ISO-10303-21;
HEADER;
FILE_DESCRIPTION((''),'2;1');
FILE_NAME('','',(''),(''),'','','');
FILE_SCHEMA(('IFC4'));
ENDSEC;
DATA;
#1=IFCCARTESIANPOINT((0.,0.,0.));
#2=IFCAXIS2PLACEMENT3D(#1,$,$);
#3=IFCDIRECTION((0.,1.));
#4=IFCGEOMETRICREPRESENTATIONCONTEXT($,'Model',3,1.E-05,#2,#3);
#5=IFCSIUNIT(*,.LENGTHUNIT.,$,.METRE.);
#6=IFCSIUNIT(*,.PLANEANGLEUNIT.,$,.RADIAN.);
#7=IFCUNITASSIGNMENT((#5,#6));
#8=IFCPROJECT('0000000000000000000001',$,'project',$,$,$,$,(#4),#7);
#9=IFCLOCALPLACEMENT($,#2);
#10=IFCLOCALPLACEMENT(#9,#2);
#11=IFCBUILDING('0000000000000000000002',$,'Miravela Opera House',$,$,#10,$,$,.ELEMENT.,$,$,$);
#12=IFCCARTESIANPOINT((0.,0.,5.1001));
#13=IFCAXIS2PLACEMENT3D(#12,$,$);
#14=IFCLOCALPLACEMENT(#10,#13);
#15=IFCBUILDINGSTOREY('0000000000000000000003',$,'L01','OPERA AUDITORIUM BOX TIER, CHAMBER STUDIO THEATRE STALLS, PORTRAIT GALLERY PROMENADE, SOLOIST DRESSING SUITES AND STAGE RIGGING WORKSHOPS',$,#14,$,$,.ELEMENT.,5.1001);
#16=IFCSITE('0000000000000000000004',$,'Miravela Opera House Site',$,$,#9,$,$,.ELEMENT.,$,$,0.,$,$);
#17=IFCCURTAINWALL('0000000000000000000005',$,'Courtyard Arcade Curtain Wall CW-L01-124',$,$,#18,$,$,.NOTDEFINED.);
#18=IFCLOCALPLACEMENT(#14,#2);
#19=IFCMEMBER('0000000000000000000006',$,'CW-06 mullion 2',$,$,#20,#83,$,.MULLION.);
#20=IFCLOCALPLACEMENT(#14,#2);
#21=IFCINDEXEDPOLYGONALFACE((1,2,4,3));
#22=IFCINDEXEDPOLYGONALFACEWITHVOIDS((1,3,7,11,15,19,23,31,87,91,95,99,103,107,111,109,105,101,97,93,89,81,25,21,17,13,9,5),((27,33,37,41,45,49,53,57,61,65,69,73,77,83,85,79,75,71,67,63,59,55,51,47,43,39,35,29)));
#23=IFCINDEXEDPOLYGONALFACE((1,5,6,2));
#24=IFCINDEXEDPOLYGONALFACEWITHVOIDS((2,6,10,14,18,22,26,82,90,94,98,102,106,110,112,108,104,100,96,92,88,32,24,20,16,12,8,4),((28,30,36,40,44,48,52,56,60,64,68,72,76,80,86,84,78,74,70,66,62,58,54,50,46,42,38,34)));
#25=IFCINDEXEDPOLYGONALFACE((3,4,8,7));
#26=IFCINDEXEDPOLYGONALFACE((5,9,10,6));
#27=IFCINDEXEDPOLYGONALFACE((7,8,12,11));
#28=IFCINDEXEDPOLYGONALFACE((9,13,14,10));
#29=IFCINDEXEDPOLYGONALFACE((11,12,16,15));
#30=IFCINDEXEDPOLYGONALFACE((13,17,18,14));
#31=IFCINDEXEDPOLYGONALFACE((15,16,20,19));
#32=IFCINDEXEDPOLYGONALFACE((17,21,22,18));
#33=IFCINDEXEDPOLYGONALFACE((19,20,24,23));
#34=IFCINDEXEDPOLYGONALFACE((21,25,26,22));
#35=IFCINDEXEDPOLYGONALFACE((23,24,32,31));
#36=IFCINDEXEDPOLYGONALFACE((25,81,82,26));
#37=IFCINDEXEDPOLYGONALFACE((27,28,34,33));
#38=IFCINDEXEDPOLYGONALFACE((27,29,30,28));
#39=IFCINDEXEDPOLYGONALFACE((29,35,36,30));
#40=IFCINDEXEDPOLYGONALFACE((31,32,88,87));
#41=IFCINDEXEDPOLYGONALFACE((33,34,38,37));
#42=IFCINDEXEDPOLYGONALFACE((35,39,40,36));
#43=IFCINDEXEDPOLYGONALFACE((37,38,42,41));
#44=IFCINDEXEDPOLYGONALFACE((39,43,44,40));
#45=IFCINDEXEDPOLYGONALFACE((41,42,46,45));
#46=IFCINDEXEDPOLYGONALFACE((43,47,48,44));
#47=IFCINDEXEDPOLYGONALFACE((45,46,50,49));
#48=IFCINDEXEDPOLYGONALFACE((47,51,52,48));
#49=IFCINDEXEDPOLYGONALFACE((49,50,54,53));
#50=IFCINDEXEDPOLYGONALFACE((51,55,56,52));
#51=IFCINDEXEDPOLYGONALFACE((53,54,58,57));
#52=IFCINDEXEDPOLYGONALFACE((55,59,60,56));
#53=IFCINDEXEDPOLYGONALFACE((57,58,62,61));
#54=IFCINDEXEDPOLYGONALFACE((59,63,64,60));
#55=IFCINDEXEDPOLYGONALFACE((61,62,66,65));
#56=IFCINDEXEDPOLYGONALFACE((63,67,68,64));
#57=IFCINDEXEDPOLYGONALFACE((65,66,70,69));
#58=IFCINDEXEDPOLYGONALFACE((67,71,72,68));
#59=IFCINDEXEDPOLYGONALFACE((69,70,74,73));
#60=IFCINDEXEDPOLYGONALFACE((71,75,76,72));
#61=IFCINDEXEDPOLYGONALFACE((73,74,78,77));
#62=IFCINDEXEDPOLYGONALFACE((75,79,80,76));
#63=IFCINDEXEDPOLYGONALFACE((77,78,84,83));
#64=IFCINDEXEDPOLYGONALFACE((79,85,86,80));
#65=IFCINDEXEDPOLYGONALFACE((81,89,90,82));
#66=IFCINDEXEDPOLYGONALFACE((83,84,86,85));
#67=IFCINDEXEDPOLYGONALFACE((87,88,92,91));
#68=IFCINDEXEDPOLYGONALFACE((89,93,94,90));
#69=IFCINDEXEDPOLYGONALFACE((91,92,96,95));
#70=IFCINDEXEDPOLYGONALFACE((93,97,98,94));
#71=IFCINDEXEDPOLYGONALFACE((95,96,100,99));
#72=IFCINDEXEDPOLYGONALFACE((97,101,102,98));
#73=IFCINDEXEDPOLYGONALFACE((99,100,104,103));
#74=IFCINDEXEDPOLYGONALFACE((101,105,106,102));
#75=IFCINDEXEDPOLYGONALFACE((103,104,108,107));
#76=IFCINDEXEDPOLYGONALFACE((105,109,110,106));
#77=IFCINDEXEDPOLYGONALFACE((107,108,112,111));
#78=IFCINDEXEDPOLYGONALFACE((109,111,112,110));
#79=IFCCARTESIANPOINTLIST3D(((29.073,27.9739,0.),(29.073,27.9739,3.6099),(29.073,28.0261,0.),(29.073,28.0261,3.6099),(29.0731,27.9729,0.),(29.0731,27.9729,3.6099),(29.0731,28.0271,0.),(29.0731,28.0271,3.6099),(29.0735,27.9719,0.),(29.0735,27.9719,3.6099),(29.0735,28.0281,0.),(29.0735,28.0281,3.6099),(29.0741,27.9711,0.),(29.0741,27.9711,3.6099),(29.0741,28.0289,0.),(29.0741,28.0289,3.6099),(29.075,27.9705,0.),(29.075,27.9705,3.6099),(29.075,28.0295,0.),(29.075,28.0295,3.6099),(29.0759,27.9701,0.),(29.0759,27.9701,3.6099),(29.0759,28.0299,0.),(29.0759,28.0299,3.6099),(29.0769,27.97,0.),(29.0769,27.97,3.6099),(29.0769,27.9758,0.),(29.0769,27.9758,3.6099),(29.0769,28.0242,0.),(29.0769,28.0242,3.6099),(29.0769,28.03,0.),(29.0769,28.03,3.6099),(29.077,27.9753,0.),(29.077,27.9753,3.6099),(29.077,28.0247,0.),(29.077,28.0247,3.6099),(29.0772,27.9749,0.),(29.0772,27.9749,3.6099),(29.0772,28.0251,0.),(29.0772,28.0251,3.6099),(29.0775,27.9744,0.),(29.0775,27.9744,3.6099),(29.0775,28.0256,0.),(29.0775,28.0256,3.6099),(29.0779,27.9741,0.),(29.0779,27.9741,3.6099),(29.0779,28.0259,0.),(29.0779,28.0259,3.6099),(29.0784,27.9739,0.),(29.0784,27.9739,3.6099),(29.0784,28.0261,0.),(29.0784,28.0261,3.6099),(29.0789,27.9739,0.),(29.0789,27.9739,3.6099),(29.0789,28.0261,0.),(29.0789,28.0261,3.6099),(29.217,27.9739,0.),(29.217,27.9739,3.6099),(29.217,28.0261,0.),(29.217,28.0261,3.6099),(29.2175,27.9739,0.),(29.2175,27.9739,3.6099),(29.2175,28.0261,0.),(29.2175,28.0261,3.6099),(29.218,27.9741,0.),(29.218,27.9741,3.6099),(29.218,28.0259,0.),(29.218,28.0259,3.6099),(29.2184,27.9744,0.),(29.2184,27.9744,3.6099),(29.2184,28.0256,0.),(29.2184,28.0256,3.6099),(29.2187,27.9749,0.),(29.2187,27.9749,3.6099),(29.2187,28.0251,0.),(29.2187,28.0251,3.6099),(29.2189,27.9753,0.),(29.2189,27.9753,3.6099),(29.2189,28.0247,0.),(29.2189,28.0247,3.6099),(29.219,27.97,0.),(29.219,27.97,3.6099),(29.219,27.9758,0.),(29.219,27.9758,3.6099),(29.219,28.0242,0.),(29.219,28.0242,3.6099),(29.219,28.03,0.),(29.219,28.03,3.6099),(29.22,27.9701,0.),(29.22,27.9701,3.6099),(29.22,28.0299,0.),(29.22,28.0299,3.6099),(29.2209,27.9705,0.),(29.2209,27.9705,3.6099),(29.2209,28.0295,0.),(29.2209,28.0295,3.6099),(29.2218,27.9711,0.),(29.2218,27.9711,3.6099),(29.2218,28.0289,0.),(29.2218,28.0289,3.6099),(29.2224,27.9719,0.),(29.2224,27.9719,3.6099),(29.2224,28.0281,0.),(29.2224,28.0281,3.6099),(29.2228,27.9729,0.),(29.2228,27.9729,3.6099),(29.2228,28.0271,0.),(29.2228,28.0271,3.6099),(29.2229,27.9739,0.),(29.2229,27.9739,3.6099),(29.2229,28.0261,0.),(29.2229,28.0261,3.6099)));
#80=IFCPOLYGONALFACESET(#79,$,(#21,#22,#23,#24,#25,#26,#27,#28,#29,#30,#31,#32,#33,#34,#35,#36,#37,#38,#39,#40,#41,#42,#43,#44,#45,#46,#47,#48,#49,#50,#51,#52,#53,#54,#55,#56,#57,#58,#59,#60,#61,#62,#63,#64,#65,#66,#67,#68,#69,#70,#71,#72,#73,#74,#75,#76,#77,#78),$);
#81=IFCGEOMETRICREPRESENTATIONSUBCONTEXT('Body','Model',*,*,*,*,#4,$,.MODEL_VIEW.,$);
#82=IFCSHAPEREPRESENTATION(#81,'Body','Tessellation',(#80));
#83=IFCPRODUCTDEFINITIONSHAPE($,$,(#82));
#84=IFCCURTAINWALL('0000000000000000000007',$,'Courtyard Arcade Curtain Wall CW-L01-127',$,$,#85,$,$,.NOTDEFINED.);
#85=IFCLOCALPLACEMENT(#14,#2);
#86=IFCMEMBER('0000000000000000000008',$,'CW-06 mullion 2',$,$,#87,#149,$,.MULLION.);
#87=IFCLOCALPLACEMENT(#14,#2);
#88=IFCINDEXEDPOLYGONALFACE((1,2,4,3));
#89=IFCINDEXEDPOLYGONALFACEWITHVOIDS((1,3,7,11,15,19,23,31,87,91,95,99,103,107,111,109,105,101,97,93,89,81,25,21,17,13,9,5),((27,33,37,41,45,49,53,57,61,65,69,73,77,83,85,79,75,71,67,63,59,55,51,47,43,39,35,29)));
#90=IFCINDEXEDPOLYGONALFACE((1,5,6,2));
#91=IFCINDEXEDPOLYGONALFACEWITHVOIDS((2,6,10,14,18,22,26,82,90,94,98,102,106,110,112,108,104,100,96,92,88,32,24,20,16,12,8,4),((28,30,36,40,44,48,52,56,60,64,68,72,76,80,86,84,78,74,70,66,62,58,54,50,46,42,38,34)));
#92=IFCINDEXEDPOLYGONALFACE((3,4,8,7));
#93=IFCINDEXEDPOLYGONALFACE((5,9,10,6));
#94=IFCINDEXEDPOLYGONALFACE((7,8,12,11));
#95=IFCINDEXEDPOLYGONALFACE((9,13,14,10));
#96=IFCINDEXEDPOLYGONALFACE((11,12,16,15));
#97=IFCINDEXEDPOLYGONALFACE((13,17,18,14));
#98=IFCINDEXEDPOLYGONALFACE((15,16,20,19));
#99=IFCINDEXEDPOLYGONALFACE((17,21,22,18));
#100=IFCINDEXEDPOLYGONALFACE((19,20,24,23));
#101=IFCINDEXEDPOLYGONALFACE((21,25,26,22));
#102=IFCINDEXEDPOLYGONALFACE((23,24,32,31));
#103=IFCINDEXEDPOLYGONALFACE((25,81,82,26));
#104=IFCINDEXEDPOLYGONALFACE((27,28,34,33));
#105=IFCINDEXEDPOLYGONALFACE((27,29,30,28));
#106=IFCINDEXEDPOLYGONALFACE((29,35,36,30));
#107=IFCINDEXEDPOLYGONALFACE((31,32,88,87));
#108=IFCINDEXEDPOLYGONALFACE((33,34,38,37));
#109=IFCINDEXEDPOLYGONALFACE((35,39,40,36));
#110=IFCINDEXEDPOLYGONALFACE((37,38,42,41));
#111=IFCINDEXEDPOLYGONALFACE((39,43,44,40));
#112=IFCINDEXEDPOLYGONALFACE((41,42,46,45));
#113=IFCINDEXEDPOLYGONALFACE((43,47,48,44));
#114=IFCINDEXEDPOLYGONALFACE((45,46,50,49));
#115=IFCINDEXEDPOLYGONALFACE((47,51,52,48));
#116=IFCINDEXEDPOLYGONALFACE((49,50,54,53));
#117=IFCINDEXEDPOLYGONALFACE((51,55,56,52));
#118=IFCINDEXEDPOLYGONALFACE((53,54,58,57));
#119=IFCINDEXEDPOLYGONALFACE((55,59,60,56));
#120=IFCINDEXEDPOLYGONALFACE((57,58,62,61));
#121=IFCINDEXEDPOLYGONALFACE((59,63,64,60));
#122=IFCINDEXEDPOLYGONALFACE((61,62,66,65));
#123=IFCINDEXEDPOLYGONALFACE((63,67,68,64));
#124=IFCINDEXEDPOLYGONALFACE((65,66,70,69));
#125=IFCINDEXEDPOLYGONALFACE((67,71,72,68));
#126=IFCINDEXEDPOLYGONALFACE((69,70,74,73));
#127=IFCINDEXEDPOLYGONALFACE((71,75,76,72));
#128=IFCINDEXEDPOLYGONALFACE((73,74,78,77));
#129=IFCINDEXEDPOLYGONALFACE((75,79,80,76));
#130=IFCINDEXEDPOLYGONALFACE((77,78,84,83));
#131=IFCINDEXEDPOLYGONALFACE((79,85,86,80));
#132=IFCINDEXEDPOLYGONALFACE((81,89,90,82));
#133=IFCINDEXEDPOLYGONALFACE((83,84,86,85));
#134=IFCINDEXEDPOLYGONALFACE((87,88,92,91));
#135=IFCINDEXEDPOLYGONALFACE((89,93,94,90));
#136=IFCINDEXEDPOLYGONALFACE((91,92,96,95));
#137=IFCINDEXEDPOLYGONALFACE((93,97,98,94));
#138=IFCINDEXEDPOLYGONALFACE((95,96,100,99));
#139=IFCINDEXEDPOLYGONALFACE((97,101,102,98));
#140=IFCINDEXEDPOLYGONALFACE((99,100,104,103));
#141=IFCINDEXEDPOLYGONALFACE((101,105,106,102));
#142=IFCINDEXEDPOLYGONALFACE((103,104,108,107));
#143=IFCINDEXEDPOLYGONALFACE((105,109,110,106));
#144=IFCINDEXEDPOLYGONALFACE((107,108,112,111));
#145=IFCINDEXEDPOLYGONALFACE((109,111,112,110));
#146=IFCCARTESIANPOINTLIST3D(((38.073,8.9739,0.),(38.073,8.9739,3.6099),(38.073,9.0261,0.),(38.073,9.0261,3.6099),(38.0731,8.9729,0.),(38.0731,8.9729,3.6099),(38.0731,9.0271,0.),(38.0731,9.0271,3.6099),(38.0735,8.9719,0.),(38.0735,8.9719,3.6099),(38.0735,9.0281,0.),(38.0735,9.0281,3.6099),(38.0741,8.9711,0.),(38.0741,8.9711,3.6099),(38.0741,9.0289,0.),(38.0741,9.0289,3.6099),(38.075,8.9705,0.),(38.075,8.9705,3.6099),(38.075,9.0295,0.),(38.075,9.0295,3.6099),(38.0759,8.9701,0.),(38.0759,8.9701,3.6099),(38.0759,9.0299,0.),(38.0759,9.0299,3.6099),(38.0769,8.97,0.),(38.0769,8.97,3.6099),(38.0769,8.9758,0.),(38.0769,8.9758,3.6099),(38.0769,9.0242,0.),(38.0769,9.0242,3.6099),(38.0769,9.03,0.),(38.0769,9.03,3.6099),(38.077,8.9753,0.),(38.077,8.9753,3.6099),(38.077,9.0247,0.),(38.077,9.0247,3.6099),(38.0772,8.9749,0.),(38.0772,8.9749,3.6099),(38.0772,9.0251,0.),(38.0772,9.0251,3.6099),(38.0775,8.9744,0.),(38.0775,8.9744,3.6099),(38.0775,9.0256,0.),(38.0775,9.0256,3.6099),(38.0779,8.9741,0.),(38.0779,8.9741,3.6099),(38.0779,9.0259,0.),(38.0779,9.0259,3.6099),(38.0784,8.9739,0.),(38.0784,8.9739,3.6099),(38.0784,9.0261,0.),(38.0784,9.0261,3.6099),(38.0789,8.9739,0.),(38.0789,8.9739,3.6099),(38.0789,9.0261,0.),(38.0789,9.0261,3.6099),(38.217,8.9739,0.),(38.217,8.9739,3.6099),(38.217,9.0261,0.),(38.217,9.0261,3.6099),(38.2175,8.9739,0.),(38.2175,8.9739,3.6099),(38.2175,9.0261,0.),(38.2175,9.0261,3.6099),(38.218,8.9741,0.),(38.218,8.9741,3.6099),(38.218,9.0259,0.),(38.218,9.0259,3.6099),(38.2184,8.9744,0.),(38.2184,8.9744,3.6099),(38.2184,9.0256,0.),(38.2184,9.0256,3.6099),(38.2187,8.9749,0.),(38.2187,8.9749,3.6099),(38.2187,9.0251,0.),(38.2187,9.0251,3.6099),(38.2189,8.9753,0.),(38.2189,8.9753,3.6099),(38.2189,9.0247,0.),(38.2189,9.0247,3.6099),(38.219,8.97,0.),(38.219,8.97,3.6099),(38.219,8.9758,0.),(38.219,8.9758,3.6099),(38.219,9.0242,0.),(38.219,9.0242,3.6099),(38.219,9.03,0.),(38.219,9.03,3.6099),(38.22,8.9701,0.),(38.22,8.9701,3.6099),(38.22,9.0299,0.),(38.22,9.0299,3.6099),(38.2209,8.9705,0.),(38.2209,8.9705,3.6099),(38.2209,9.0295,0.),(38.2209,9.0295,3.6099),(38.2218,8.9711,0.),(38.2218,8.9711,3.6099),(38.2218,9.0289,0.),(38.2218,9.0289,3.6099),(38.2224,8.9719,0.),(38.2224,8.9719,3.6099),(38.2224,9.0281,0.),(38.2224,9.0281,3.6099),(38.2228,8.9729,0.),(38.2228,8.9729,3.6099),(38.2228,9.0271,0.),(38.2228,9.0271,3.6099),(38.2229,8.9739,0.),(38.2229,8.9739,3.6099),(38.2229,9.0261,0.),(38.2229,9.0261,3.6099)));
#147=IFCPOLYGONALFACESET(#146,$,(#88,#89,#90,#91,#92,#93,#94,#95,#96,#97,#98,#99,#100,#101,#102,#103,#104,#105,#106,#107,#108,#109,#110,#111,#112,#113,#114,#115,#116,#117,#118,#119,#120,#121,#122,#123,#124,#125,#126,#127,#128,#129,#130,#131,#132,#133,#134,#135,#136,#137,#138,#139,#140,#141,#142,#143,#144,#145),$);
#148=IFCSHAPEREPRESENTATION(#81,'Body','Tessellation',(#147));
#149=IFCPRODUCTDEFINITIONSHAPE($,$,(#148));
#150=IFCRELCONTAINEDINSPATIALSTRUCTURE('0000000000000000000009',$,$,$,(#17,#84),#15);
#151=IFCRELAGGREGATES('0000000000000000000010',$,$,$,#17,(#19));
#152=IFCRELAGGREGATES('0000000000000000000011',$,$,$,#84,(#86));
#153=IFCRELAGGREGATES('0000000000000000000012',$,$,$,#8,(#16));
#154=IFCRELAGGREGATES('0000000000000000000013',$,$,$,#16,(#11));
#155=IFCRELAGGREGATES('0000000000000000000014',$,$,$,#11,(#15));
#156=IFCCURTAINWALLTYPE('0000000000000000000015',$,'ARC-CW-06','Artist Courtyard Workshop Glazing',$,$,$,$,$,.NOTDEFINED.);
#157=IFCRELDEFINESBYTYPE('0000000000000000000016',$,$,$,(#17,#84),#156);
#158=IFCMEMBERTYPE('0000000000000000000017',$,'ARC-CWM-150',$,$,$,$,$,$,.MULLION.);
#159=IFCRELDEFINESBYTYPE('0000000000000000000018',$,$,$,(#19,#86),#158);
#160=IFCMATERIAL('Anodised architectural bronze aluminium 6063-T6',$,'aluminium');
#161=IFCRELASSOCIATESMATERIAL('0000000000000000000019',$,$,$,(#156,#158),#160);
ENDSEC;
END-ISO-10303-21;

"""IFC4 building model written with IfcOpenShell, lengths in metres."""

from ifc_helpers import new_model, si_unit, direction, frame, origin, origin_2d, place, context, subcontext, project, spatial, hollow_rectangle, extrude, material, material_profile, profile_set, type_object, element, aggregate, save


model = new_model("IFC4")

# Units and contexts
model_context = context("Model", 3, precision=1e-05, world=origin(), true_north=direction((0.0, 1.0)))
body_context = subcontext(model_context, "Body", "Model", "MODEL_VIEW")
ifc_project = project(units=[si_unit("LENGTHUNIT", "METRE"), si_unit("PLANEANGLEUNIT", "RADIAN")], contexts=[model_context])

# Site, building, storey
site_placement = place(None, origin())
site = spatial("IfcSite", under=ifc_project, at=site_placement, Name="Miravela Opera House Site", CompositionType="ELEMENT", RefElevation=0.0)
building_placement = place(site_placement, origin())
building = spatial("IfcBuilding", under=site, at=building_placement, Name="Miravela Opera House", CompositionType="ELEMENT")
storey_placement = place(building_placement, frame((0.0, 0.0, 5.1001)))
storey = spatial("IfcBuildingStorey", under=building, at=storey_placement, Name="L01", Description="OPERA AUDITORIUM BOX TIER, CHAMBER STUDIO THEATRE STALLS, PORTRAIT GALLERY PROMENADE, SOLOIST DRESSING SUITES AND STAGE RIGGING WORKSHOPS", CompositionType="ELEMENT", Elevation=5.1001)

# Curtain wall, member
ifc_material_1 = material(Name="Anodised architectural bronze aluminium 6063-T6", Category="aluminium")
curtain_wall_type = type_object("IfcCurtainWallType", Name="ARC-CW-06", Description="Artist Courtyard Workshop Glazing", PredefinedType="NOTDEFINED", material=ifc_material_1)
curtain_wall_1_placement = place(storey_placement, origin())
curtain_wall_1 = element("IfcCurtainWall", 1, at=curtain_wall_1_placement, inside=storey, type_object=curtain_wall_type, Name="Courtyard Arcade Curtain Wall CW-L01-124", PredefinedType="NOTDEFINED")
ifc_material_profile_1 = material_profile(ifc_material_1, hollow_rectangle(XDim=0.0601, YDim=0.1499, WallThickness=0.0039, InnerFilletRadius=0.002, OuterFilletRadius=0.0039, at=origin_2d()), Name="CWM-60X150")
ifc_profile_set_1 = profile_set([ifc_material_profile_1])
member_type_1 = type_object("IfcMemberType", Name="ARC-CWM-150", PredefinedType="MULLION", material=ifc_profile_set_1)
member_1_placement = place(storey_placement, frame((29.1479, 28.0, 0.0), z_axis=(0.0, 0.0, 1.0), x_axis=(0.0, 1.0, 0.0)))
member_1 = element("IfcMember", 2, at=member_1_placement, type_object=member_type_1, Name="CW-06 mullion 2", PredefinedType="MULLION", context=body_context, shape_type="SweptSolid", body=[
    extrude(hollow_rectangle(XDim=0.0601, YDim=0.1499, WallThickness=0.0039, InnerFilletRadius=0.002, OuterFilletRadius=0.0039, at=origin_2d()), origin(), (0.0, 0.0, 1.0), 3.6099),
])

# Curtain wall, member
curtain_wall_2_placement = place(storey_placement, origin())
curtain_wall_2 = element("IfcCurtainWall", 3, at=curtain_wall_2_placement, inside=storey, type_object=curtain_wall_type, Name="Courtyard Arcade Curtain Wall CW-L01-127", PredefinedType="NOTDEFINED")
member_2_placement = place(storey_placement, frame((38.1479, 9.0, 0.0), z_axis=(0.0, 0.0, 1.0), x_axis=(0.0, 1.0, 0.0)))
member_2 = element("IfcMember", 4, at=member_2_placement, type_object=member_type_1, Name="CW-06 mullion 2", PredefinedType="MULLION", context=body_context, shape_type="SweptSolid", body=[
    extrude(hollow_rectangle(XDim=0.0601, YDim=0.1499, WallThickness=0.0039, InnerFilletRadius=0.002, OuterFilletRadius=0.0039, at=origin_2d()), origin(), (0.0, 0.0, 1.0), 3.6099),
])

aggregate(curtain_wall_1, [member_1])
aggregate(curtain_wall_2, [member_2])

save(model, "model.ifc")
